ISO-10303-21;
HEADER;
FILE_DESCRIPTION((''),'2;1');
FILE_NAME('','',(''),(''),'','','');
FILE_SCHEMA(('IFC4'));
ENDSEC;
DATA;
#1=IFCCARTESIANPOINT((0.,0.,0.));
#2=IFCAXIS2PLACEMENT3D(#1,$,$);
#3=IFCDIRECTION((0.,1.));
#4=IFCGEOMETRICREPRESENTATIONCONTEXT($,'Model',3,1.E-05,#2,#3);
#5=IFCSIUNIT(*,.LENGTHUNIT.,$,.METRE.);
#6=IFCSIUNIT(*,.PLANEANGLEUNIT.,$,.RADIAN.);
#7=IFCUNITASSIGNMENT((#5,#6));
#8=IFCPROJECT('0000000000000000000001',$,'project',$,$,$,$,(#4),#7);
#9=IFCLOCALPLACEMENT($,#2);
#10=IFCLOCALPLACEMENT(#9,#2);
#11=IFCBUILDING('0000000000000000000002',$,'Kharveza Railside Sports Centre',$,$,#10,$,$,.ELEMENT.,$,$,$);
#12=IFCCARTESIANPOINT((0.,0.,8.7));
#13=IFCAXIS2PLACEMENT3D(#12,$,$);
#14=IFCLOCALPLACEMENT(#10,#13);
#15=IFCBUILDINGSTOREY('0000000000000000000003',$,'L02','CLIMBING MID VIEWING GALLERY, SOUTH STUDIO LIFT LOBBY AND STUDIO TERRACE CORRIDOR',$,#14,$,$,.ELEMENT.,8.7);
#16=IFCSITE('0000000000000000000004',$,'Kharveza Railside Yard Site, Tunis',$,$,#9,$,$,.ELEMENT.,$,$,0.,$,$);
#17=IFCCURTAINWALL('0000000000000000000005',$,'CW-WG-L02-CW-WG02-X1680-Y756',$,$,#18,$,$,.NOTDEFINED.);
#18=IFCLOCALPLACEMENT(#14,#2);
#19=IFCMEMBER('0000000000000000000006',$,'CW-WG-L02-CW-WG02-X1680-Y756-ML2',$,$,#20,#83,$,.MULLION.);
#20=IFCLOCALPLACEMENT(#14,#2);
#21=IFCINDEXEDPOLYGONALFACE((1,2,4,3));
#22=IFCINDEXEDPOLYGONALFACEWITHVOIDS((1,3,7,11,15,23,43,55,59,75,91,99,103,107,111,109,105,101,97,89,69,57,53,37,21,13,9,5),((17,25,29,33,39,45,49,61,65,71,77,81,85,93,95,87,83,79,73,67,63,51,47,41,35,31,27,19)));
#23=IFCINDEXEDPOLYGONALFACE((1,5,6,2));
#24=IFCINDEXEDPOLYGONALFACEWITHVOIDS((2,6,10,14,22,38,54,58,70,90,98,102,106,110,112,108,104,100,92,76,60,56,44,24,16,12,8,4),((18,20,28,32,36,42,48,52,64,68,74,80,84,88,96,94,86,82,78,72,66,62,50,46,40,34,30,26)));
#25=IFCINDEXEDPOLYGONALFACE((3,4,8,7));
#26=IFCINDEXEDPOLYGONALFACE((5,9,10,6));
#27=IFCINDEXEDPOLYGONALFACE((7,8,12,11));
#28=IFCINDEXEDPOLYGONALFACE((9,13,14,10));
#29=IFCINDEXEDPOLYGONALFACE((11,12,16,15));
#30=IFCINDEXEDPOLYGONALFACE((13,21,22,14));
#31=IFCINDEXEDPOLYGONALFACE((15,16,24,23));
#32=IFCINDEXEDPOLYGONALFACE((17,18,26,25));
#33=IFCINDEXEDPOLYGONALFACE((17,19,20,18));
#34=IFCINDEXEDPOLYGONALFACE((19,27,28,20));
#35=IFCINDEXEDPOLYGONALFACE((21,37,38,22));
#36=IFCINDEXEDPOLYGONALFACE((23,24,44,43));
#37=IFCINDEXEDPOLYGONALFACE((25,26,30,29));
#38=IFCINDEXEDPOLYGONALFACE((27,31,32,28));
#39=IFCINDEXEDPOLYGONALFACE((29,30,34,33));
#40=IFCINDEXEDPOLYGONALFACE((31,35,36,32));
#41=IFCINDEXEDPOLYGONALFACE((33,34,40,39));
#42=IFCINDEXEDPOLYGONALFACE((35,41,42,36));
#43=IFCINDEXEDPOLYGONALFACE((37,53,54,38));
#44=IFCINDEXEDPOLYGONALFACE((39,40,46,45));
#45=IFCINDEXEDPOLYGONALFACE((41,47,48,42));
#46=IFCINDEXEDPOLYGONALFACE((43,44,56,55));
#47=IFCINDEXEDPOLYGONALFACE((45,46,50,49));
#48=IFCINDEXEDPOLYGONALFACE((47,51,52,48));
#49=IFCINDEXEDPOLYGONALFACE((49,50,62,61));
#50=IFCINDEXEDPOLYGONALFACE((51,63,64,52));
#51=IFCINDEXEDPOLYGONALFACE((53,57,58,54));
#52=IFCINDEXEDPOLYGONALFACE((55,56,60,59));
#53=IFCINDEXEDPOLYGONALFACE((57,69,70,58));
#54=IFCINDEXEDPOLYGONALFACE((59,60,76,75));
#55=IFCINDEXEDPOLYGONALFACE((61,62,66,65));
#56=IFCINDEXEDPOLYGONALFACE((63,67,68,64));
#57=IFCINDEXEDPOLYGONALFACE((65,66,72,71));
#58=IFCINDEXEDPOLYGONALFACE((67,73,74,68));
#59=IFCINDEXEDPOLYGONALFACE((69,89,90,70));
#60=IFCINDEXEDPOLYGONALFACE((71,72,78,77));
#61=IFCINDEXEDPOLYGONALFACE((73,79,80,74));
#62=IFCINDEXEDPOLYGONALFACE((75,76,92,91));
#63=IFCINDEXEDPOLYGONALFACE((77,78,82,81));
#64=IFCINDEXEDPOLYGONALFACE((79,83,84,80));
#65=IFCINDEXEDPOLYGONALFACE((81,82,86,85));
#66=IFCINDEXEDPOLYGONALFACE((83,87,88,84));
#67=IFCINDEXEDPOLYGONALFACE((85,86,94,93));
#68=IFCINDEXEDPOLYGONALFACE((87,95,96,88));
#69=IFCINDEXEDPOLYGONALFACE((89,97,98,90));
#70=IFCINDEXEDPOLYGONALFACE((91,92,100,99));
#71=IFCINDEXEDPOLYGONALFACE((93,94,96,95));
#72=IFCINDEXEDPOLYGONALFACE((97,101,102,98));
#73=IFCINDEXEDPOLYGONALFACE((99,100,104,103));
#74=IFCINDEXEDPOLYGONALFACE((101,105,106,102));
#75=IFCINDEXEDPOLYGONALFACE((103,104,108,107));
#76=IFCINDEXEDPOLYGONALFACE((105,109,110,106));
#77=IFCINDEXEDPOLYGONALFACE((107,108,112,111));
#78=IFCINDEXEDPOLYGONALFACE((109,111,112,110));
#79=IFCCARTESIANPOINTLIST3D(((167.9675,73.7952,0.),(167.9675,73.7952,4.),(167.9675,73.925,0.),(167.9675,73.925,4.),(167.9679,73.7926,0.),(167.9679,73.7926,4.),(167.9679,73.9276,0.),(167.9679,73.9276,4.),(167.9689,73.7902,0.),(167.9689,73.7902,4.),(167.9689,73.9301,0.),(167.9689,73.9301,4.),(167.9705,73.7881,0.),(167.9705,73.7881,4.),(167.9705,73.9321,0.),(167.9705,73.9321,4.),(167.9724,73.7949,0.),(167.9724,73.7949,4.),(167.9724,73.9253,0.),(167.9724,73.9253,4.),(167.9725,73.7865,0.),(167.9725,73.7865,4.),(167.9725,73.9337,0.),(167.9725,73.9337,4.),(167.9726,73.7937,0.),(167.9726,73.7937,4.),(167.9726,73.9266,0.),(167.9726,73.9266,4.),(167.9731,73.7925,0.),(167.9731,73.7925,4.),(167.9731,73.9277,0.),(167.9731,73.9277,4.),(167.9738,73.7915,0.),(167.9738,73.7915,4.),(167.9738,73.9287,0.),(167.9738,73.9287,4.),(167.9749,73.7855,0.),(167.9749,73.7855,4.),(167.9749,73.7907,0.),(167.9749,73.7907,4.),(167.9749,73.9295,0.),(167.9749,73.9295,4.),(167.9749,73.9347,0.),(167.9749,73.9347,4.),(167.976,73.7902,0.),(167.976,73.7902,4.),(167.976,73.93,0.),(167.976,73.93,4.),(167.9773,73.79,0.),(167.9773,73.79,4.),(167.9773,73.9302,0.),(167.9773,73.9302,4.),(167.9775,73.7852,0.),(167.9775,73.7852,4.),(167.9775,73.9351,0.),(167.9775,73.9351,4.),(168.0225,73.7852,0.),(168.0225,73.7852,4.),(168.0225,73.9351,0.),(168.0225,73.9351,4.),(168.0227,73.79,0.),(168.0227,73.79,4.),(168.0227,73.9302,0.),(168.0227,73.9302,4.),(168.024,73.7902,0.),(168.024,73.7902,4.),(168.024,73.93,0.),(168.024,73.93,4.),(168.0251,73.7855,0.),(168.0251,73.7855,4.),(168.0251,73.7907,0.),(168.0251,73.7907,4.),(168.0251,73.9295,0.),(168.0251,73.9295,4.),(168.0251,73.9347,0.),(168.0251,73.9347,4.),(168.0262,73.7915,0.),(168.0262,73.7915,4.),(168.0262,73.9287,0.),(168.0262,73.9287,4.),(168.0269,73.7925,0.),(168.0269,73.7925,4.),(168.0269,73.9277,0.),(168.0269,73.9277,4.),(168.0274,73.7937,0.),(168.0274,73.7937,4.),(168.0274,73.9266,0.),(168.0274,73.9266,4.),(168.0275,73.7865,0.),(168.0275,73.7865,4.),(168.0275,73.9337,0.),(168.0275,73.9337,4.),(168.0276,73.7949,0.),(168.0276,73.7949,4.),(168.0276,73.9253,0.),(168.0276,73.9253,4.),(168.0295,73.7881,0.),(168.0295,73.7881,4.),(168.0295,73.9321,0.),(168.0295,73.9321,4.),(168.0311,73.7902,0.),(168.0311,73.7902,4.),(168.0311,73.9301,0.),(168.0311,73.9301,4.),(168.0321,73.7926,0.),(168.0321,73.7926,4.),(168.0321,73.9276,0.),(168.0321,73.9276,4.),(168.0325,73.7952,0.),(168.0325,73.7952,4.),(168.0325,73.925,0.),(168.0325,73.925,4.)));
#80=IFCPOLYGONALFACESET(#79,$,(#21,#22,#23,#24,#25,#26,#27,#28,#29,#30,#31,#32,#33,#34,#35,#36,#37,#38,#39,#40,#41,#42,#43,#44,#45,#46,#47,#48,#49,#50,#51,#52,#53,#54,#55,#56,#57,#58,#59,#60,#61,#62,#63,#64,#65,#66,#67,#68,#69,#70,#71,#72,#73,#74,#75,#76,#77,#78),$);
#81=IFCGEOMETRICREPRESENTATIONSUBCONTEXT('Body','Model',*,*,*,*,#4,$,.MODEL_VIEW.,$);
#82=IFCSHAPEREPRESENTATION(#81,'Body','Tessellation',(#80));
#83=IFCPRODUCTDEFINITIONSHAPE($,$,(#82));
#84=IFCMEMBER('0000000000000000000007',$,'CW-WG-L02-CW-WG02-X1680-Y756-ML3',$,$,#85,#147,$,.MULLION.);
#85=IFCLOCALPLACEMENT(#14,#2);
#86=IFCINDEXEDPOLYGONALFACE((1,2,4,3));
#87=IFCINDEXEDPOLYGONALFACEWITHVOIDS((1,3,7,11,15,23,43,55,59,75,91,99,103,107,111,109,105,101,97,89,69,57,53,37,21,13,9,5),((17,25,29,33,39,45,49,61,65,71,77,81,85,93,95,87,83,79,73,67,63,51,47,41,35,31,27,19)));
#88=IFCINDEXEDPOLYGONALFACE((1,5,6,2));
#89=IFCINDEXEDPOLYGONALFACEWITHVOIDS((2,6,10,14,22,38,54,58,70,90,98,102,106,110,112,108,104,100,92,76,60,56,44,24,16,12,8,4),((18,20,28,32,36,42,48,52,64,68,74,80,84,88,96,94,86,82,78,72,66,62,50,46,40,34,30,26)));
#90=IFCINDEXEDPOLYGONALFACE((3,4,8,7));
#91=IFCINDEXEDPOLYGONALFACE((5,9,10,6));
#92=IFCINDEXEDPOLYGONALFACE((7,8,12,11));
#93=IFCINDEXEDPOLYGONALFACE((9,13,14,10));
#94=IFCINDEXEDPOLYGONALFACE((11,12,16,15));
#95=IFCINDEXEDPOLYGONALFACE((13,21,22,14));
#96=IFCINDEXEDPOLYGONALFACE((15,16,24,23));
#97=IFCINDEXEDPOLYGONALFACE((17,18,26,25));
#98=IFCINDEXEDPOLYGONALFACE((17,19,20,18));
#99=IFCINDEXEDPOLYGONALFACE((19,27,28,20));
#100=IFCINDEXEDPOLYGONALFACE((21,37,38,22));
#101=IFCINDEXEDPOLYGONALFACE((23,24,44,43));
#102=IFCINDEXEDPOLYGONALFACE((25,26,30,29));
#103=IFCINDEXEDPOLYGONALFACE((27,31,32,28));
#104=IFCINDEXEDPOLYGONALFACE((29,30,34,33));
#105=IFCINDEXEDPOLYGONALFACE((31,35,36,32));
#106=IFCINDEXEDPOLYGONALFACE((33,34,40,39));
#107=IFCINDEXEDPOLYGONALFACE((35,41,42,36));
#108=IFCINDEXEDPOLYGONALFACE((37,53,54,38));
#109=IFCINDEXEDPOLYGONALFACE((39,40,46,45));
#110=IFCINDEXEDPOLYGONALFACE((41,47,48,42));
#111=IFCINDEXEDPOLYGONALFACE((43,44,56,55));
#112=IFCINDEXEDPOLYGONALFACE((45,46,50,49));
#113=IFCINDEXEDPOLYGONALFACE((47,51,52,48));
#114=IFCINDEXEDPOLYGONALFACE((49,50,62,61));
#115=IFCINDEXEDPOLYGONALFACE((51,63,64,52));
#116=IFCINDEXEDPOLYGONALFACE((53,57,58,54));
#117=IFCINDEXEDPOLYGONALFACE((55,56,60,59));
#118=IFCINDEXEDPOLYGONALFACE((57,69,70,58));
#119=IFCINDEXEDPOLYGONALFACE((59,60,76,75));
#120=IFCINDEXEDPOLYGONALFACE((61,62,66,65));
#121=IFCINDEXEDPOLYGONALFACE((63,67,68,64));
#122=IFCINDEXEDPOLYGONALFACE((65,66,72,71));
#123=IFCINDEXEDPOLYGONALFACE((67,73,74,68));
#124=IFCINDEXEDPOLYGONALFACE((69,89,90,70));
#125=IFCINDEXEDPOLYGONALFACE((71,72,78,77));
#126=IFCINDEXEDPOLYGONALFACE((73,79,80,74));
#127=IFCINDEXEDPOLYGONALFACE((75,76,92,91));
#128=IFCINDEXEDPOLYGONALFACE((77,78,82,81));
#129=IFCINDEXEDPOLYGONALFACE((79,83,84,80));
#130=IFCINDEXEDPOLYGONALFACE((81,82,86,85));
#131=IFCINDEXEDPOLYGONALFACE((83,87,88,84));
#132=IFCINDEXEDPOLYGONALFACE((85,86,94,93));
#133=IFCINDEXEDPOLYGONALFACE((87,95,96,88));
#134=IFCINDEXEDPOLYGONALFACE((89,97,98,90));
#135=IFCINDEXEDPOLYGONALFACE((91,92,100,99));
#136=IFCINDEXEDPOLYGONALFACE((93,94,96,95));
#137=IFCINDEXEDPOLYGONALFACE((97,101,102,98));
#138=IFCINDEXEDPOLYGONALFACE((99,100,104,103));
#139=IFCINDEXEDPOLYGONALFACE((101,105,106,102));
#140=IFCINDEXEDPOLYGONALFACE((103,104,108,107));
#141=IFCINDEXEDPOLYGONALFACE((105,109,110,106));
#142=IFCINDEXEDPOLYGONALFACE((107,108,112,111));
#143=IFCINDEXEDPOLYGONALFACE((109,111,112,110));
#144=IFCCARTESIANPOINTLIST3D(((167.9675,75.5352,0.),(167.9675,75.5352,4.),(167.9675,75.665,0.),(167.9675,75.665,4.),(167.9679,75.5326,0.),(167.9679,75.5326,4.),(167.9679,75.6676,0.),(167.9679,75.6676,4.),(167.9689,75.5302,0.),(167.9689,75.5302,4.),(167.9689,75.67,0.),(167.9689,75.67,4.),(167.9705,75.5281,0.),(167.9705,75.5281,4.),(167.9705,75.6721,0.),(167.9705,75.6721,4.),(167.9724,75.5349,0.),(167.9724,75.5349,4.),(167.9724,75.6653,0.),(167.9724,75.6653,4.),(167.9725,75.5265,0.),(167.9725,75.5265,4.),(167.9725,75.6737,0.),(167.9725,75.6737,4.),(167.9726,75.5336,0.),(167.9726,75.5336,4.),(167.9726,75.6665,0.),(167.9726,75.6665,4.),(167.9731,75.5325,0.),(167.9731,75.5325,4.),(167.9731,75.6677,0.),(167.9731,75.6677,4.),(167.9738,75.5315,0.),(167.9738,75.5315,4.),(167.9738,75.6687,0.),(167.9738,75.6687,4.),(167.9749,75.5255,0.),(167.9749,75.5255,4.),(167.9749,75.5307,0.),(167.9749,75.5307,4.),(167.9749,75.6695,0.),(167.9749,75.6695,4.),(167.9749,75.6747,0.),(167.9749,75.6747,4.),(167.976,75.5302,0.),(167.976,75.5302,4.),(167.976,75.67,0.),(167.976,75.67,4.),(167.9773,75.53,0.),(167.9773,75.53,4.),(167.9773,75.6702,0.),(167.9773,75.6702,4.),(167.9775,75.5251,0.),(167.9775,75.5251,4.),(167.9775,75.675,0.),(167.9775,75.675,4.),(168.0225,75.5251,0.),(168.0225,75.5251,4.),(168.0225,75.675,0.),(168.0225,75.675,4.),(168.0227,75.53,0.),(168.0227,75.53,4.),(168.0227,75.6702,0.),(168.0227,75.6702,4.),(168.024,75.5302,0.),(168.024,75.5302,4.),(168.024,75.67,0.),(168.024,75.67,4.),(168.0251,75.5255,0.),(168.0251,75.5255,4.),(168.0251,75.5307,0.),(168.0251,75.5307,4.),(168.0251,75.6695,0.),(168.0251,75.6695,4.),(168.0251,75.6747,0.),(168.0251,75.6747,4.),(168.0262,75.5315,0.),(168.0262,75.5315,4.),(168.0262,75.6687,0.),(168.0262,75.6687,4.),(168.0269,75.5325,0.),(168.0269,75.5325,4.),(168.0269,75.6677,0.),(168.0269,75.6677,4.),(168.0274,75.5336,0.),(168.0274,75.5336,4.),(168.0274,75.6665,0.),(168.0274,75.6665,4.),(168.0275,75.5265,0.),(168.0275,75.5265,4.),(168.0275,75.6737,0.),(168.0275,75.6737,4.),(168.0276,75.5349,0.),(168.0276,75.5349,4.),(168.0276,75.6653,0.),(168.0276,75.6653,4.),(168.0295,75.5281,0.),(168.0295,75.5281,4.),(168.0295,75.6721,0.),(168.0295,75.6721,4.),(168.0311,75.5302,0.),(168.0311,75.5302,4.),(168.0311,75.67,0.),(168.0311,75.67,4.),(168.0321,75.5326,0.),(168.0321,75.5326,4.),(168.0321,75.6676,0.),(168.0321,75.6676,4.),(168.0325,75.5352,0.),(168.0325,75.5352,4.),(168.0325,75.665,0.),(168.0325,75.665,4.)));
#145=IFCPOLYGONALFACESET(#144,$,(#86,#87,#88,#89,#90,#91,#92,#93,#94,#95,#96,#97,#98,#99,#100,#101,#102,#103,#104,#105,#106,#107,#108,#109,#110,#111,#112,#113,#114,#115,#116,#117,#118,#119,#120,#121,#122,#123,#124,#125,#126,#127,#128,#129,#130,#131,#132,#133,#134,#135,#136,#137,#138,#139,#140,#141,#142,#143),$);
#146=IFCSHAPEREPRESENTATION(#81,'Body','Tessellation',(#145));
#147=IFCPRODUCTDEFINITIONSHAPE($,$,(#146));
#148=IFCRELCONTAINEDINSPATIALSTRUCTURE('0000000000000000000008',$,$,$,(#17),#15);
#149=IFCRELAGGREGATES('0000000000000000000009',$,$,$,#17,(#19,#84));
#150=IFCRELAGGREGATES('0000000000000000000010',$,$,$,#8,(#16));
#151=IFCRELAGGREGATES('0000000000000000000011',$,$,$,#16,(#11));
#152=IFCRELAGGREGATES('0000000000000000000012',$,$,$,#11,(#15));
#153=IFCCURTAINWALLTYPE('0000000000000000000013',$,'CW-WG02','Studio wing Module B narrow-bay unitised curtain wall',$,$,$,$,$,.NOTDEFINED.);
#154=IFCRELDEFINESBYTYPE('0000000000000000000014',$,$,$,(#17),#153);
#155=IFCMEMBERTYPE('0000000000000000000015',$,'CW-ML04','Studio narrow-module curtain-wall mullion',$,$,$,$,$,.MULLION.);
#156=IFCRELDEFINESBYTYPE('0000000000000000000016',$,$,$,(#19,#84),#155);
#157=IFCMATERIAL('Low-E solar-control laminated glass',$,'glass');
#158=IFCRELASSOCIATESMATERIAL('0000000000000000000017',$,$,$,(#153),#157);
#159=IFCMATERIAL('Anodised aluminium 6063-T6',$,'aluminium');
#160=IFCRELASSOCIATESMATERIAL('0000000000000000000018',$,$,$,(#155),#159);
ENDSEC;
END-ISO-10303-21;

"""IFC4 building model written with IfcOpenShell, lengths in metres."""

from ifc_helpers import new_model, si_unit, direction, frame, origin, origin_2d, place, context, subcontext, project, spatial, hollow_rectangle, extrude, material, material_profile, profile_set, type_object, element, aggregate, save


model = new_model("IFC4")

# Units and contexts
model_context = context("Model", 3, precision=1e-05, world=origin(), true_north=direction((0.0, 1.0)))
body_context = subcontext(model_context, "Body", "Model", "MODEL_VIEW")
ifc_project = project(units=[si_unit("LENGTHUNIT", "METRE"), si_unit("PLANEANGLEUNIT", "RADIAN")], contexts=[model_context])

# Site, building, storey
site_placement = place(None, origin())
site = spatial("IfcSite", under=ifc_project, at=site_placement, Name="Kharveza Railside Yard Site, Tunis", CompositionType="ELEMENT", RefElevation=0.0)
building_placement = place(site_placement, origin())
building = spatial("IfcBuilding", under=site, at=building_placement, Name="Kharveza Railside Sports Centre", CompositionType="ELEMENT")
storey_placement = place(building_placement, frame((0.0, 0.0, 8.7)))
storey = spatial("IfcBuildingStorey", under=building, at=storey_placement, Name="L02", Description="CLIMBING MID VIEWING GALLERY, SOUTH STUDIO LIFT LOBBY AND STUDIO TERRACE CORRIDOR", CompositionType="ELEMENT", Elevation=8.7)

# Curtain wall, members
ifc_material_1 = material(Name="Low-E solar-control laminated glass", Category="glass")
curtain_wall_type = type_object("IfcCurtainWallType", Name="CW-WG02", Description="Studio wing Module B narrow-bay unitised curtain wall", PredefinedType="NOTDEFINED", material=ifc_material_1)
curtain_wall_placement = place(storey_placement, origin())
curtain_wall = element("IfcCurtainWall", 1, at=curtain_wall_placement, inside=storey, type_object=curtain_wall_type, Name="CW-WG-L02-CW-WG02-X1680-Y756", PredefinedType="NOTDEFINED")
ifc_material_2 = material(Name="Anodised aluminium 6063-T6", Category="aluminium")
ifc_material_profile_1 = material_profile(ifc_material_2, hollow_rectangle(XDim=0.0649, YDim=0.1499, WallThickness=0.0049, InnerFilletRadius=0.0049, OuterFilletRadius=0.01, at=origin_2d()), Name="RHS 65x150x5.0")
ifc_profile_set_1 = profile_set([ifc_material_profile_1], Name="Anodised aluminium 6063-T6")
member_type = type_object("IfcMemberType", Name="CW-ML04", Description="Studio narrow-module curtain-wall mullion", PredefinedType="MULLION", material=ifc_profile_set_1)
member_1_placement = place(storey_placement, frame((168.0, 73.8601, 0.0), z_axis=(0.0, 0.0, 1.0), x_axis=(1.0, 0.0, 0.0)))
member_1 = element("IfcMember", 2, at=member_1_placement, type_object=member_type, Name="CW-WG-L02-CW-WG02-X1680-Y756-ML2", PredefinedType="MULLION", context=body_context, shape_type="SweptSolid", body=[
    extrude(hollow_rectangle(XDim=0.0649, YDim=0.1499, WallThickness=0.0049, InnerFilletRadius=0.0049, OuterFilletRadius=0.01, at=origin_2d()), origin(), (0.0, 0.0, 1.0), 4.0),
])
member_2_placement = place(storey_placement, frame((168.0, 75.6001, 0.0), z_axis=(0.0, 0.0, 1.0), x_axis=(1.0, 0.0, 0.0)))
member_2 = element("IfcMember", 3, at=member_2_placement, type_object=member_type, Name="CW-WG-L02-CW-WG02-X1680-Y756-ML3", PredefinedType="MULLION", context=body_context, shape_type="SweptSolid", body=[
    extrude(hollow_rectangle(XDim=0.0649, YDim=0.1499, WallThickness=0.0049, InnerFilletRadius=0.0049, OuterFilletRadius=0.01, at=origin_2d()), origin(), (0.0, 0.0, 1.0), 4.0),
])
aggregate(curtain_wall, [member_1, member_2])

save(model, "model.ifc")
